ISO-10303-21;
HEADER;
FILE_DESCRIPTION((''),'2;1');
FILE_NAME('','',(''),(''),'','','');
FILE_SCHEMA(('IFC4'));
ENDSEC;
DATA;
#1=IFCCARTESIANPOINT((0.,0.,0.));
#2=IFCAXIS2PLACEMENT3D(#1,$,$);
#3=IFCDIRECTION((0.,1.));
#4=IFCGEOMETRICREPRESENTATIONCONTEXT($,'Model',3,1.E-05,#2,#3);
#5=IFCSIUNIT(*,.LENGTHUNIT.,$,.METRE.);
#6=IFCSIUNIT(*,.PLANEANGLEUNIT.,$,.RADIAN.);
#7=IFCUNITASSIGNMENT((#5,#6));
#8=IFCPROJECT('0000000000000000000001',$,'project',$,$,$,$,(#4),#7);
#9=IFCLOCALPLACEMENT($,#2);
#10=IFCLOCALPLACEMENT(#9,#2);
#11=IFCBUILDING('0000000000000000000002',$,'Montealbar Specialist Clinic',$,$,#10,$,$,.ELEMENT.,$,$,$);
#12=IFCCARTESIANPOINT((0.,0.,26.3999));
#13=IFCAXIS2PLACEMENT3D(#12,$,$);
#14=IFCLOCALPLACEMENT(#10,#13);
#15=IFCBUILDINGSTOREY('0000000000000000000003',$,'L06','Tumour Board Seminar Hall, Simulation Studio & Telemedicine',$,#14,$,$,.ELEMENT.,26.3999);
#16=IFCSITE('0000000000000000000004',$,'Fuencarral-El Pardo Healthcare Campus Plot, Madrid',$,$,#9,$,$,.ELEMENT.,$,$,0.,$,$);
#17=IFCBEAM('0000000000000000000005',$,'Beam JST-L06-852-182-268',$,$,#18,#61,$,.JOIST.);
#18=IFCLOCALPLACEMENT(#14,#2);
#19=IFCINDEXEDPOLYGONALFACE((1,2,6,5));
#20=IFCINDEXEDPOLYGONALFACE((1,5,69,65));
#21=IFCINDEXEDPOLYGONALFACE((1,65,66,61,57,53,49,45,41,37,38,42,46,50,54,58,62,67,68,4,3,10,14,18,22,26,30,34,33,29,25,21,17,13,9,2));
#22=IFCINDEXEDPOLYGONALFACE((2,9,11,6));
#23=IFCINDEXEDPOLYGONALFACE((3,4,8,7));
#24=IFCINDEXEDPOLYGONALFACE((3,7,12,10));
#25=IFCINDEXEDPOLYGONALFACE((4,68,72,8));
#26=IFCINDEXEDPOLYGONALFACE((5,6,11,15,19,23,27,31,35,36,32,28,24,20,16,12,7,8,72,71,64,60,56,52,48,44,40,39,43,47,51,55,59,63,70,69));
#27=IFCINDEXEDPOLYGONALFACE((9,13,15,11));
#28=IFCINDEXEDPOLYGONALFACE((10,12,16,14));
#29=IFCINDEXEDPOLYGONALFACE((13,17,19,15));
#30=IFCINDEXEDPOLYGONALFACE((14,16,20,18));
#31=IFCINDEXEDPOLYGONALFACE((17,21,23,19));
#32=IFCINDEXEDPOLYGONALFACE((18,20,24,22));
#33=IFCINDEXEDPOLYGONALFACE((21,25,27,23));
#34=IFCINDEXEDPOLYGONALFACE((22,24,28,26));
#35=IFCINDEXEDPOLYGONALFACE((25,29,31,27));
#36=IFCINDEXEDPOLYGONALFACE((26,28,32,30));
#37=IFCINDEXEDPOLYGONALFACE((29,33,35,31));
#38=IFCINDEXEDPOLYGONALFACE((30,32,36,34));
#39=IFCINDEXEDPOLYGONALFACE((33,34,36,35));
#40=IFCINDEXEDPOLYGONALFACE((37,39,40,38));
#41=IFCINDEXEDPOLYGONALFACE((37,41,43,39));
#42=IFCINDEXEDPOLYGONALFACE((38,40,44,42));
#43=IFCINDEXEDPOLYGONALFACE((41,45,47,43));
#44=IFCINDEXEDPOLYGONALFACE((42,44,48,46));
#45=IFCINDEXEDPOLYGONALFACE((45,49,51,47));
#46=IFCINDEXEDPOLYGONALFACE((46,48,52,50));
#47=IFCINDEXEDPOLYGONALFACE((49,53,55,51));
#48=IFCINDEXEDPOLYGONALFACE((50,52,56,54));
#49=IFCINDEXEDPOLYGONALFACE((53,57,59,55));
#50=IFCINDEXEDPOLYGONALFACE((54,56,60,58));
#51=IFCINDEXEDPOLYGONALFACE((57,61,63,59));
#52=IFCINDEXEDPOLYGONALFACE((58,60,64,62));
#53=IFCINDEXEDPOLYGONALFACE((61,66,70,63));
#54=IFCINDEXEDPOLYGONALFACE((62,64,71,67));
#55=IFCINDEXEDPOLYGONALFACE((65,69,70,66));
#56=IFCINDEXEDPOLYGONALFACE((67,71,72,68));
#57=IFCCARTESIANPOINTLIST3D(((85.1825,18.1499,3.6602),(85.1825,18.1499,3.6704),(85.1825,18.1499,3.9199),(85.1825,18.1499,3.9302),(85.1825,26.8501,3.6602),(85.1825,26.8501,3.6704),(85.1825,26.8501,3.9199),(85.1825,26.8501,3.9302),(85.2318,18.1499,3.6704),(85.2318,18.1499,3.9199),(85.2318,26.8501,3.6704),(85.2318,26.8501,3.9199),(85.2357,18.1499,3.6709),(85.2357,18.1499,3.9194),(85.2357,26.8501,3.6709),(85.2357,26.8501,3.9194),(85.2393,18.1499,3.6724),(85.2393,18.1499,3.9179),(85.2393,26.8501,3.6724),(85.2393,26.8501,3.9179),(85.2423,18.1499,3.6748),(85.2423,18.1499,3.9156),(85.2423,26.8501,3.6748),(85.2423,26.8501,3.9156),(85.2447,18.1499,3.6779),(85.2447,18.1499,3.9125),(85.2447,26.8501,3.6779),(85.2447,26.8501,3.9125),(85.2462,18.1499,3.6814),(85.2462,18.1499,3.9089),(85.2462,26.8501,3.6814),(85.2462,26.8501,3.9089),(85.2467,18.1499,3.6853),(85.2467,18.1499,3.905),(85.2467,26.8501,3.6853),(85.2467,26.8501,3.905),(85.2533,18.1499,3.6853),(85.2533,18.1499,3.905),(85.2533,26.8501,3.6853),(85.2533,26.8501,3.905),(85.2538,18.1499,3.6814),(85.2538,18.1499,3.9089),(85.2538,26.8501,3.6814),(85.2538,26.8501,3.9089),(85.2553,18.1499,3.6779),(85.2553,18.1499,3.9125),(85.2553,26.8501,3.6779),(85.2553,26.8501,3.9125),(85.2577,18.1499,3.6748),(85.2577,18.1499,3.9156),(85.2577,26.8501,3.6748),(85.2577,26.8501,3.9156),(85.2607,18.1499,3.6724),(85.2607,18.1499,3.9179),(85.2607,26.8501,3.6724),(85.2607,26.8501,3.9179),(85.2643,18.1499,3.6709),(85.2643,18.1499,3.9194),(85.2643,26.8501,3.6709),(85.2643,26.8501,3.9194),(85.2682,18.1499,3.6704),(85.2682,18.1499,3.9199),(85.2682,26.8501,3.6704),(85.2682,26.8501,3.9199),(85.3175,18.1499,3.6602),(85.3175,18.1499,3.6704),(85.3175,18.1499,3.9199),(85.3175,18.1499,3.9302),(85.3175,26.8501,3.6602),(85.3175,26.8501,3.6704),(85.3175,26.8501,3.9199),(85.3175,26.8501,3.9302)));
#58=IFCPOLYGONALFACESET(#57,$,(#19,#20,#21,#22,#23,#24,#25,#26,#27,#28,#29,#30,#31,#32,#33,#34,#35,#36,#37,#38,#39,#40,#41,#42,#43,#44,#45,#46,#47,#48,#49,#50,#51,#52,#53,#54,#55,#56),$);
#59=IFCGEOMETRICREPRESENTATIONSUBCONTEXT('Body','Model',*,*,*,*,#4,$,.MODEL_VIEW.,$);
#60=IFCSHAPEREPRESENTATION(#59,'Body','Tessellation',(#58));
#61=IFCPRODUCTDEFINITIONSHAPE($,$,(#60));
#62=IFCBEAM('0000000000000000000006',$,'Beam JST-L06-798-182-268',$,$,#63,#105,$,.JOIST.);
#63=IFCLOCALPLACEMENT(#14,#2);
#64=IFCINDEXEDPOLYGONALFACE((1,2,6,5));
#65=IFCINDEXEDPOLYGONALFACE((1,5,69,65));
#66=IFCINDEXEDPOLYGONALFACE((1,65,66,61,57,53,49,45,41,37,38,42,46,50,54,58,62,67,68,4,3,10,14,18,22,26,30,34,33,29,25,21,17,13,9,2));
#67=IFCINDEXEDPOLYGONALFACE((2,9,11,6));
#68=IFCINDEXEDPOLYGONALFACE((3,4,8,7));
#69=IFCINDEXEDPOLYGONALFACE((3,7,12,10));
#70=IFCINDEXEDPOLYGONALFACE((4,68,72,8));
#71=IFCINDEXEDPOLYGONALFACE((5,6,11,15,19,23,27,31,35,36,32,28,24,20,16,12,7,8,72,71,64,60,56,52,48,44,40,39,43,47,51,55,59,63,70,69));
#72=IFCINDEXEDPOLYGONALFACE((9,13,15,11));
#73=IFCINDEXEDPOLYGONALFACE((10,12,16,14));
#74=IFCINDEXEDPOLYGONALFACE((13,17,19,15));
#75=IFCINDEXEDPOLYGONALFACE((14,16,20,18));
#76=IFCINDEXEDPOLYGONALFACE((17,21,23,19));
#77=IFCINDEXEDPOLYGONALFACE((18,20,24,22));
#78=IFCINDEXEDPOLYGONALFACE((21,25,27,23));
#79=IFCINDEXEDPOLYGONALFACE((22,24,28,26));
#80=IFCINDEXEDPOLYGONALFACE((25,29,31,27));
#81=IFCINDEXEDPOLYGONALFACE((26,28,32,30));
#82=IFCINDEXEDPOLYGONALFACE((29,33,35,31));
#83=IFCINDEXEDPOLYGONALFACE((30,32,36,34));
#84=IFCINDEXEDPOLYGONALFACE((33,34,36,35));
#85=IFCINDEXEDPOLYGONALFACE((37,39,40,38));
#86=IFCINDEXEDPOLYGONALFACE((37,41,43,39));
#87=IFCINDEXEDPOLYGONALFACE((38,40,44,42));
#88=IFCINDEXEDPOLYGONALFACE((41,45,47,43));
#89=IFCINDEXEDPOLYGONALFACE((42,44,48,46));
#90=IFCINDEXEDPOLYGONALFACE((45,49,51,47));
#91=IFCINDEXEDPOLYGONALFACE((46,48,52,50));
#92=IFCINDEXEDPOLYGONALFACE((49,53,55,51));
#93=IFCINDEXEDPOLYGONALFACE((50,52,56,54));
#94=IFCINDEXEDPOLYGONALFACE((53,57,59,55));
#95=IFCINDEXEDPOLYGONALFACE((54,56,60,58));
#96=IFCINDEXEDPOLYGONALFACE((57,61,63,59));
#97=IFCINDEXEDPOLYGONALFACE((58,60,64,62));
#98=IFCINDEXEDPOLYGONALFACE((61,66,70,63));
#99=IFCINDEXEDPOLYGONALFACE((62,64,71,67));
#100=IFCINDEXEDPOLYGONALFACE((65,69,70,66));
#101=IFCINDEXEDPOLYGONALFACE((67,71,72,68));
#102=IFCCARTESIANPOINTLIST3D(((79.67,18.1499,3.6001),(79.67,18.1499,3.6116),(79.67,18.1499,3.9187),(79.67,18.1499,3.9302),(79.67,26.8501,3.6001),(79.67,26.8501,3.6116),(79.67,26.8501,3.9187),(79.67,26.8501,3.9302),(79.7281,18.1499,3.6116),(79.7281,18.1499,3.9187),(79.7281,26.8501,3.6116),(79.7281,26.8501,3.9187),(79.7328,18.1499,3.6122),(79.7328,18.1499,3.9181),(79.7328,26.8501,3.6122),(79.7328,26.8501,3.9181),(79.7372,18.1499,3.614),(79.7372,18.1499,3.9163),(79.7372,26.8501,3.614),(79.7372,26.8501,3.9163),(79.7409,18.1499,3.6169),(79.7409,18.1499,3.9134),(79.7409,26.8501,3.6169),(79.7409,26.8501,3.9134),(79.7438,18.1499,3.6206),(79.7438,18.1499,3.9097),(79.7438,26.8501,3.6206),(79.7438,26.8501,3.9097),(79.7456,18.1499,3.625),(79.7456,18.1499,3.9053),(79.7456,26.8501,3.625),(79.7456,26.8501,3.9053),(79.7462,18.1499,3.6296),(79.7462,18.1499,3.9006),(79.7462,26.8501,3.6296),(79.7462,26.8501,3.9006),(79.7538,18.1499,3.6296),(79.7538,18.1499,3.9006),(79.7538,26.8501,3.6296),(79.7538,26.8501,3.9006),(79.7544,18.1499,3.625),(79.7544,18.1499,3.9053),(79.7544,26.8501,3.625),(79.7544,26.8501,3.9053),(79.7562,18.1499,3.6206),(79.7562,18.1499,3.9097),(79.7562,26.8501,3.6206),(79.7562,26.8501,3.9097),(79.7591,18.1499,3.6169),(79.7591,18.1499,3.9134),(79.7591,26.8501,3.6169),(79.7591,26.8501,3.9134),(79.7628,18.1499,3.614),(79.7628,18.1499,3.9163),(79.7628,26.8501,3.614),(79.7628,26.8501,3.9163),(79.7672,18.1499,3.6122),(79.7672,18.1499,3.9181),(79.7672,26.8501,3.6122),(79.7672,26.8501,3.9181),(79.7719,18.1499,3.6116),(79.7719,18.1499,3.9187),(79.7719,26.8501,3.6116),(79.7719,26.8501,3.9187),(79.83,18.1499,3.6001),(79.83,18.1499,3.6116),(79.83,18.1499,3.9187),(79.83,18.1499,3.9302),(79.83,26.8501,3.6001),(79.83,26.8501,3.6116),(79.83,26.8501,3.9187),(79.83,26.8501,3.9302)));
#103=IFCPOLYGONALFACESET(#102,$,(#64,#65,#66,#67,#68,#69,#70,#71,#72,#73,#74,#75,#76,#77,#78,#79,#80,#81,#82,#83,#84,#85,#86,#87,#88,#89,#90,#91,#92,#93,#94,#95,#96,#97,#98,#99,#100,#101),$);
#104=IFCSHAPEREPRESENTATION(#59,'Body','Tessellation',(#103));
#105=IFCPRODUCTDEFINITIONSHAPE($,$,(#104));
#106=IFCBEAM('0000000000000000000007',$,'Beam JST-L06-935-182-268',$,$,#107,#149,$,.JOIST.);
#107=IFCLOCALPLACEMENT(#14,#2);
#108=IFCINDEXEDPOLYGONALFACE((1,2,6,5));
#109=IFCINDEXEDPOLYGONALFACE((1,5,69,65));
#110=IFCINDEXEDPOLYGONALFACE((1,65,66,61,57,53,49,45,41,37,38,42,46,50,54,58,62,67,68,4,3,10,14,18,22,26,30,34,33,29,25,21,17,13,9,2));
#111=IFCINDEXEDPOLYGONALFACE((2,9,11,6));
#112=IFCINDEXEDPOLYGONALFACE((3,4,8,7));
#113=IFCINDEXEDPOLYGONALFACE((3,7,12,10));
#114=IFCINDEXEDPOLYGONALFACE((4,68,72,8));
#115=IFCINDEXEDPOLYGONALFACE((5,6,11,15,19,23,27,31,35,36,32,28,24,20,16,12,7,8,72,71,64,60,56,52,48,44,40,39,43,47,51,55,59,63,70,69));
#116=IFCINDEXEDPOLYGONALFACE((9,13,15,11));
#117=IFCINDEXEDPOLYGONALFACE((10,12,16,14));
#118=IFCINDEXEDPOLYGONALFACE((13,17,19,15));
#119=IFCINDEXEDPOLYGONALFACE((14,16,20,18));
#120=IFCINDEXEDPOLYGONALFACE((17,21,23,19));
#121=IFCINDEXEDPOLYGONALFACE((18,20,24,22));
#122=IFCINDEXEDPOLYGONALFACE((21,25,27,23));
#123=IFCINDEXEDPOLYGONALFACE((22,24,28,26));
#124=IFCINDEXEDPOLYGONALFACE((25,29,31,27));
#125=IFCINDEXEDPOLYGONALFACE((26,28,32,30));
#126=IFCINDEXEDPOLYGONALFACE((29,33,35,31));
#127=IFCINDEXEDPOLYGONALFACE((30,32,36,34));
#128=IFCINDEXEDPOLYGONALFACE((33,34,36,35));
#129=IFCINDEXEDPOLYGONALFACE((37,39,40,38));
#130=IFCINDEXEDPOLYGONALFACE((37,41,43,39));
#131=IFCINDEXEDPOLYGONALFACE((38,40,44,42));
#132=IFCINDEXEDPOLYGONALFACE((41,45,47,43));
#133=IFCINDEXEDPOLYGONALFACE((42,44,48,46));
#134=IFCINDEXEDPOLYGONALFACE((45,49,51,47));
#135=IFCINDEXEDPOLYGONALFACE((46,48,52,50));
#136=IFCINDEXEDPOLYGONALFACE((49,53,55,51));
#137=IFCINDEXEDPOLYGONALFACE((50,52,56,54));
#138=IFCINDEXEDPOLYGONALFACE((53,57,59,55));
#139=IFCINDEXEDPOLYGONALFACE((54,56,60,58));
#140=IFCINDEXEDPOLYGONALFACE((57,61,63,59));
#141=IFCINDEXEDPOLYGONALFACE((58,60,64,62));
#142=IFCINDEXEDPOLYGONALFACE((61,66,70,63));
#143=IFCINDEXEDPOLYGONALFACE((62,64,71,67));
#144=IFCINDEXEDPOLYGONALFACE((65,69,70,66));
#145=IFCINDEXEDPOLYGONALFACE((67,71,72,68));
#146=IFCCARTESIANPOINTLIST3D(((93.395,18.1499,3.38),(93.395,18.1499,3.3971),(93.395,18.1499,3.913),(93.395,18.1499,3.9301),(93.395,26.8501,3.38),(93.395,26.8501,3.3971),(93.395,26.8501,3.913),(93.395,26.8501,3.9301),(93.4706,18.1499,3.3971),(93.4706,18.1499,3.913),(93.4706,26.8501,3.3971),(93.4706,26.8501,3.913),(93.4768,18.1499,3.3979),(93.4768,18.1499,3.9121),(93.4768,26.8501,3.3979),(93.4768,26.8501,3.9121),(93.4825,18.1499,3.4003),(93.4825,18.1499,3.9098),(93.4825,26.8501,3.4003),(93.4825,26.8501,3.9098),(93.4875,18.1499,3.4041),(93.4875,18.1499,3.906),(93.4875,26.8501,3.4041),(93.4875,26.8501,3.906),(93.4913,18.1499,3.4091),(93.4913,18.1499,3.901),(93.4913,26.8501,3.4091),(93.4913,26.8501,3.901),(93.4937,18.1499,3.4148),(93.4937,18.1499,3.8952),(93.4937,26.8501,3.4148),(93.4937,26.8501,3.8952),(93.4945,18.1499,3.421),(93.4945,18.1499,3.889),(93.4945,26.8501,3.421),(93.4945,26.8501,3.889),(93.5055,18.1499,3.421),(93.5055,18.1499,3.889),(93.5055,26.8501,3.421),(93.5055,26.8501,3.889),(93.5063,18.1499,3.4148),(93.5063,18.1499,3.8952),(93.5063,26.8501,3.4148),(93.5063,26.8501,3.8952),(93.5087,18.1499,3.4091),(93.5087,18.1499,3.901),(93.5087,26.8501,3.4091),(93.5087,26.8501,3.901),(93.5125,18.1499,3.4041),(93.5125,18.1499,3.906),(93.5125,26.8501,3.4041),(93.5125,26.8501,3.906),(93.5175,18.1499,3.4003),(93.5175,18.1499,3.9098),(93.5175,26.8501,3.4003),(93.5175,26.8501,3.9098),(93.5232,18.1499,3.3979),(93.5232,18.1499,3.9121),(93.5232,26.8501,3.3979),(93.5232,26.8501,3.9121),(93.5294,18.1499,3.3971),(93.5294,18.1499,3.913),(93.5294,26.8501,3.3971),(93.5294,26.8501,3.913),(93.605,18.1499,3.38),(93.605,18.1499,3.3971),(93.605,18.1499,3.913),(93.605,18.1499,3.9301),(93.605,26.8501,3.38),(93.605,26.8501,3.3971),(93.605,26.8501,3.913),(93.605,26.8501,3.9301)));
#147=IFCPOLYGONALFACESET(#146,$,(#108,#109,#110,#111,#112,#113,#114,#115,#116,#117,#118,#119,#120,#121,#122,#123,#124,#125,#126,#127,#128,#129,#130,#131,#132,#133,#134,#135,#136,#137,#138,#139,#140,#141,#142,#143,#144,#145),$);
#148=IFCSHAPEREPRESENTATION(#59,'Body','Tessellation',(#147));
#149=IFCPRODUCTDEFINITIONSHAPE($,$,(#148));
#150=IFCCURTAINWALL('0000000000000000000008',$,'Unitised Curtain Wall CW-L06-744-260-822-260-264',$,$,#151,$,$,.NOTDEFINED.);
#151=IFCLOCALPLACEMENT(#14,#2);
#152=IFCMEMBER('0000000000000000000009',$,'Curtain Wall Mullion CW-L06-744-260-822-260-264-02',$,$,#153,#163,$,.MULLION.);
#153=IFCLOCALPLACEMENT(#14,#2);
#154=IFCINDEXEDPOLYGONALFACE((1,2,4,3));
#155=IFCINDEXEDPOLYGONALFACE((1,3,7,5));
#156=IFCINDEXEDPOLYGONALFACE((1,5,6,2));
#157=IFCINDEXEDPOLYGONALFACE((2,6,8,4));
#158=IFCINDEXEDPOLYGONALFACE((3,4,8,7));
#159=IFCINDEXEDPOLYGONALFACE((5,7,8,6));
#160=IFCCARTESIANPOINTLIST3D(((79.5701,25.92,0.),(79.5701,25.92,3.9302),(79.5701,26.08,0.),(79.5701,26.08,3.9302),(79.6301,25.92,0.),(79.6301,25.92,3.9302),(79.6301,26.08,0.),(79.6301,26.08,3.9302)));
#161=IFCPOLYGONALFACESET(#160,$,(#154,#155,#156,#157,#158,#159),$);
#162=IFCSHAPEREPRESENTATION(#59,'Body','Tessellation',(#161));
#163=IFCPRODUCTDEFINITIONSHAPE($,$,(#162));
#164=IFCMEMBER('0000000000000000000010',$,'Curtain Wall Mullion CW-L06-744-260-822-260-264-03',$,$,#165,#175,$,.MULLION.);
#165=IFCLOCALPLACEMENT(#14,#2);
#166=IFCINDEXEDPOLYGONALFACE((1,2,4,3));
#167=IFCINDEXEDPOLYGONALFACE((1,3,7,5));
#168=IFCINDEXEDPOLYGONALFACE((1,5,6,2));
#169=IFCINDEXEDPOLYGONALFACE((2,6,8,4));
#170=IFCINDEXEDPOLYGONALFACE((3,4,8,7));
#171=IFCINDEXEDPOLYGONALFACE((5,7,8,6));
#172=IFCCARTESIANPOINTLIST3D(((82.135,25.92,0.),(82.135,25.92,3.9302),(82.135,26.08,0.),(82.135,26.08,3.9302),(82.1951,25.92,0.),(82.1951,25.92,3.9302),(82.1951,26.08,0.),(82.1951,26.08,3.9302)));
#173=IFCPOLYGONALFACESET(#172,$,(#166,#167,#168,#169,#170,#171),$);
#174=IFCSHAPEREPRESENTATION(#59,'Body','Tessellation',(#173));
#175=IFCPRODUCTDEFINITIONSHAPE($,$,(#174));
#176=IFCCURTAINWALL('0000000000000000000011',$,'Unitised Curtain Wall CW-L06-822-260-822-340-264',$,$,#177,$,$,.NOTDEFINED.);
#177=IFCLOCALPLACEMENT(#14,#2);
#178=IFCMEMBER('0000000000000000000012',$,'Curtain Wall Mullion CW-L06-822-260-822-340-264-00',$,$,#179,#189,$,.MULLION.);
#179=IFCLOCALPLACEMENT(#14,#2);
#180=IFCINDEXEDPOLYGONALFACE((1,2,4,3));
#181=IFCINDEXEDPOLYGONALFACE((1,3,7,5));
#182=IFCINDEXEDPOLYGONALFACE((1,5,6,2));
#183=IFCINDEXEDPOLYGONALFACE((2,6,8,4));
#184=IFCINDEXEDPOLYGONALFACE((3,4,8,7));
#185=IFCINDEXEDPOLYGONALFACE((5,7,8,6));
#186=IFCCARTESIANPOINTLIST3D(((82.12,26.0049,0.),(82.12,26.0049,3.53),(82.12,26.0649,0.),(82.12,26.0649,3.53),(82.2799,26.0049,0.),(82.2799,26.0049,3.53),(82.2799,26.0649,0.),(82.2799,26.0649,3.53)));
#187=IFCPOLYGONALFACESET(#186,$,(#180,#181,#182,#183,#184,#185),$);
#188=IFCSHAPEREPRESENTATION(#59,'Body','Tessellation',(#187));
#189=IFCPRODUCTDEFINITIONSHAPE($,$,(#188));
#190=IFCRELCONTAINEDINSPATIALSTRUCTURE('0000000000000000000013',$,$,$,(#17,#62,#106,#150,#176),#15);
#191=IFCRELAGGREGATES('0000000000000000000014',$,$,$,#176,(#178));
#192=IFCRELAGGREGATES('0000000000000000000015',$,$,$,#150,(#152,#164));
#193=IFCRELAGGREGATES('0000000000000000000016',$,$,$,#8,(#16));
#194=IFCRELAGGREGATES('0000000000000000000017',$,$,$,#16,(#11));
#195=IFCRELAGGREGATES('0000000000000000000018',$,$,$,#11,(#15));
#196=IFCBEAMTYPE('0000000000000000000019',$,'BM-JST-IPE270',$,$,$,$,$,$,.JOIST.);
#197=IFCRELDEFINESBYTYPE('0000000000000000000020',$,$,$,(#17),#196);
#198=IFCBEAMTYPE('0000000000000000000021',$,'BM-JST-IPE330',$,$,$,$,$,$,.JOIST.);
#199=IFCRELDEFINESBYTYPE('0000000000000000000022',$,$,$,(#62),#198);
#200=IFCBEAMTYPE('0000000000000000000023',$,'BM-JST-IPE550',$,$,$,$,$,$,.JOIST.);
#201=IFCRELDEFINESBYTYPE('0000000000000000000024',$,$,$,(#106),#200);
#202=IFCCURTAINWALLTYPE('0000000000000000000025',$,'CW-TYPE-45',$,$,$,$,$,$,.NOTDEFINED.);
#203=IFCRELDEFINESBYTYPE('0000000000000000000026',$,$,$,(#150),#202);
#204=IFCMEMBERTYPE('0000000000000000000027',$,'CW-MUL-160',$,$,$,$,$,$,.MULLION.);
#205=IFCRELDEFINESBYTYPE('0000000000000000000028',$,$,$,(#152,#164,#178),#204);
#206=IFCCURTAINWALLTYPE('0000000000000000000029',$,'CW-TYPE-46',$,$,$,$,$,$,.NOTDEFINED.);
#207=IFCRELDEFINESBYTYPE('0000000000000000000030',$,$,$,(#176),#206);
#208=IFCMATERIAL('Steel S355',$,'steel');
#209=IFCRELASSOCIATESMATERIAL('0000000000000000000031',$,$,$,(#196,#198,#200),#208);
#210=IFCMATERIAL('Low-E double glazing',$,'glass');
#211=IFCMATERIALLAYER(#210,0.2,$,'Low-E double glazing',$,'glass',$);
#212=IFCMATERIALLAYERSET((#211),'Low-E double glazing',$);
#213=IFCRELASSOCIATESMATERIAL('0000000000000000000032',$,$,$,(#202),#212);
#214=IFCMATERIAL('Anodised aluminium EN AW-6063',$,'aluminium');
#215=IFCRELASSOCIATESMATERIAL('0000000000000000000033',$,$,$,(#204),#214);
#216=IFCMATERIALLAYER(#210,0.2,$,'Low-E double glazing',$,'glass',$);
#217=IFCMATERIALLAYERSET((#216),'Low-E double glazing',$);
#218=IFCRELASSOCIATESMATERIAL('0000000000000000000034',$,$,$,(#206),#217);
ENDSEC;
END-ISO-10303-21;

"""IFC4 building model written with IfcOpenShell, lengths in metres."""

from ifc_helpers import new_model, si_unit, direction, frame, origin, origin_2d, place, context, subcontext, project, spatial, rectangle, i_section, extrude, material, layer, layer_set, material_profile, profile_set, type_object, element, aggregate, save


model = new_model("IFC4")

# Units and contexts
model_context = context("Model", 3, precision=1e-05, world=origin(), true_north=direction((0.0, 1.0)))
body_context = subcontext(model_context, "Body", "Model", "MODEL_VIEW")
ifc_project = project(units=[si_unit("LENGTHUNIT", "METRE"), si_unit("PLANEANGLEUNIT", "RADIAN")], contexts=[model_context])

# Site, building, storey
site_placement = place(None, origin())
site = spatial("IfcSite", under=ifc_project, at=site_placement, Name="Fuencarral-El Pardo Healthcare Campus Plot, Madrid", CompositionType="ELEMENT", RefElevation=0.0)
building_placement = place(site_placement, origin())
building = spatial("IfcBuilding", under=site, at=building_placement, Name="Montealbar Specialist Clinic", CompositionType="ELEMENT")
storey_placement = place(building_placement, frame((0.0, 0.0, 26.3999)))
storey = spatial("IfcBuildingStorey", under=building, at=storey_placement, Name="L06", Description="Tumour Board Seminar Hall, Simulation Studio & Telemedicine", CompositionType="ELEMENT", Elevation=26.3999)

# Shared definitions
ifc_material_1 = material(Name="Steel S355", Category="steel")

# Beams
ifc_material_profile_1 = material_profile(ifc_material_1, i_section(OverallWidth=0.135, OverallDepth=0.27, WebThickness=0.0066, FlangeThickness=0.0103, FilletRadius=0.0149, at=origin_2d()), Name="IPE 270", Category="steel")
ifc_profile_set_1 = profile_set([ifc_material_profile_1], Name="Steel S355")
beam_type_1 = type_object("IfcBeamType", Name="BM-JST-IPE270", PredefinedType="JOIST", material=ifc_profile_set_1)
beam_1_placement = place(storey_placement, frame((85.25, 18.1499, 3.7952), z_axis=(0.0, 1.0, 0.0), x_axis=(-1.0, 0.0, 0.0)))
element("IfcBeam", 1, at=beam_1_placement, inside=storey, type_object=beam_type_1, Name="Beam JST-L06-852-182-268", PredefinedType="JOIST", context=body_context, shape_type="SweptSolid", body=[
    extrude(i_section(OverallWidth=0.135, OverallDepth=0.27, WebThickness=0.0066, FlangeThickness=0.0103, FilletRadius=0.0149, at=origin_2d()), origin(), (0.0, 0.0, 1.0), 8.7002),
])
ifc_material_profile_2 = material_profile(ifc_material_1, i_section(OverallWidth=0.1599, OverallDepth=0.3301, WebThickness=0.0076, FlangeThickness=0.0115, FilletRadius=0.0181, at=origin_2d()), Name="IPE 330", Category="steel")
ifc_profile_set_2 = profile_set([ifc_material_profile_2], Name="Steel S355")
beam_type_2 = type_object("IfcBeamType", Name="BM-JST-IPE330", PredefinedType="JOIST", material=ifc_profile_set_2)
beam_2_placement = place(storey_placement, frame((79.75, 18.1499, 3.7651), z_axis=(0.0, 1.0, 0.0), x_axis=(-1.0, 0.0, 0.0)))
element("IfcBeam", 2, at=beam_2_placement, inside=storey, type_object=beam_type_2, Name="Beam JST-L06-798-182-268", PredefinedType="JOIST", context=body_context, shape_type="SweptSolid", body=[
    extrude(i_section(OverallWidth=0.1599, OverallDepth=0.3301, WebThickness=0.0076, FlangeThickness=0.0115, FilletRadius=0.0181, at=origin_2d()), origin(), (0.0, 0.0, 1.0), 8.7002),
])
ifc_material_profile_3 = material_profile(ifc_material_1, i_section(OverallWidth=0.21, OverallDepth=0.55, WebThickness=0.011, FlangeThickness=0.0171, FilletRadius=0.0239, at=origin_2d()), Name="IPE 550", Category="steel")
ifc_profile_set_3 = profile_set([ifc_material_profile_3], Name="Steel S355")
beam_type_3 = type_object("IfcBeamType", Name="BM-JST-IPE550", PredefinedType="JOIST", material=ifc_profile_set_3)
beam_3_placement = place(storey_placement, frame((93.5, 18.1499, 3.655), z_axis=(0.0, 1.0, 0.0), x_axis=(-1.0, 0.0, 0.0)))
element("IfcBeam", 3, at=beam_3_placement, inside=storey, type_object=beam_type_3, Name="Beam JST-L06-935-182-268", PredefinedType="JOIST", context=body_context, shape_type="SweptSolid", body=[
    extrude(i_section(OverallWidth=0.21, OverallDepth=0.55, WebThickness=0.011, FlangeThickness=0.0171, FilletRadius=0.0239, at=origin_2d()), origin(), (0.0, 0.0, 1.0), 8.7002),
])

# Curtain walls, members
ifc_material_2 = material(Name="Low-E double glazing", Category="glass")
ifc_layer_1 = layer(ifc_material_2, 0.2, Name="Low-E double glazing", Category="glass")
ifc_layer_set_1 = layer_set([ifc_layer_1], Name="Low-E double glazing")
curtain_wall_type_1 = type_object("IfcCurtainWallType", Name="CW-TYPE-45", PredefinedType="NOTDEFINED", material=ifc_layer_set_1)
curtain_wall_1_placement = place(storey_placement, origin())
curtain_wall_1 = element("IfcCurtainWall", 4, at=curtain_wall_1_placement, inside=storey, type_object=curtain_wall_type_1, Name="Unitised Curtain Wall CW-L06-744-260-822-260-264", PredefinedType="NOTDEFINED")
ifc_material_3 = material(Name="Anodised aluminium EN AW-6063", Category="aluminium")
ifc_material_profile_4 = material_profile(ifc_material_3, rectangle(XDim=0.0601, YDim=0.1599, at=origin_2d()), Name="ALU 60x160", Category="aluminium")
ifc_profile_set_4 = profile_set([ifc_material_profile_4], Name="Anodised aluminium EN AW-6063")
member_type_1 = type_object("IfcMemberType", Name="CW-MUL-160", PredefinedType="MULLION", material=ifc_profile_set_4)
member_1_placement = place(storey_placement, frame((79.6001, 26.0, 0.0), z_axis=(0.0, 0.0, 1.0), x_axis=(1.0, 0.0, 0.0)))
member_1 = element("IfcMember", 5, at=member_1_placement, type_object=member_type_1, Name="Curtain Wall Mullion CW-L06-744-260-822-260-264-02", PredefinedType="MULLION", context=body_context, shape_type="SweptSolid", body=[
    extrude(rectangle(XDim=0.0601, YDim=0.1599, at=origin_2d()), origin(), (0.0, 0.0, 1.0), 3.9302),
])
member_2_placement = place(storey_placement, frame((82.165, 26.0, 0.0), z_axis=(0.0, 0.0, 1.0), x_axis=(1.0, 0.0, 0.0)))
member_2 = element("IfcMember", 6, at=member_2_placement, type_object=member_type_1, Name="Curtain Wall Mullion CW-L06-744-260-822-260-264-03", PredefinedType="MULLION", context=body_context, shape_type="SweptSolid", body=[
    extrude(rectangle(XDim=0.0601, YDim=0.1599, at=origin_2d()), origin(), (0.0, 0.0, 1.0), 3.9302),
])
ifc_layer_2 = layer(ifc_material_2, 0.2, Name="Low-E double glazing", Category="glass")
ifc_layer_set_2 = layer_set([ifc_layer_2], Name="Low-E double glazing")
curtain_wall_type_2 = type_object("IfcCurtainWallType", Name="CW-TYPE-46", PredefinedType="NOTDEFINED", material=ifc_layer_set_2)
curtain_wall_2_placement = place(storey_placement, origin())
curtain_wall_2 = element("IfcCurtainWall", 7, at=curtain_wall_2_placement, inside=storey, type_object=curtain_wall_type_2, Name="Unitised Curtain Wall CW-L06-822-260-822-340-264", PredefinedType="NOTDEFINED")
member_3_placement = place(storey_placement, frame((82.2, 26.0349, 0.0), z_axis=(0.0, 0.0, 1.0), x_axis=(0.0, 1.0, 0.0)))
member_3 = element("IfcMember", 8, at=member_3_placement, type_object=member_type_1, Name="Curtain Wall Mullion CW-L06-822-260-822-340-264-00", PredefinedType="MULLION", context=body_context, shape_type="SweptSolid", body=[
    extrude(rectangle(XDim=0.0601, YDim=0.1599, at=origin_2d()), origin(), (0.0, 0.0, 1.0), 3.53),
])
aggregate(curtain_wall_2, [member_3])

aggregate(curtain_wall_1, [member_1, member_2])

save(model, "model.ifc")
